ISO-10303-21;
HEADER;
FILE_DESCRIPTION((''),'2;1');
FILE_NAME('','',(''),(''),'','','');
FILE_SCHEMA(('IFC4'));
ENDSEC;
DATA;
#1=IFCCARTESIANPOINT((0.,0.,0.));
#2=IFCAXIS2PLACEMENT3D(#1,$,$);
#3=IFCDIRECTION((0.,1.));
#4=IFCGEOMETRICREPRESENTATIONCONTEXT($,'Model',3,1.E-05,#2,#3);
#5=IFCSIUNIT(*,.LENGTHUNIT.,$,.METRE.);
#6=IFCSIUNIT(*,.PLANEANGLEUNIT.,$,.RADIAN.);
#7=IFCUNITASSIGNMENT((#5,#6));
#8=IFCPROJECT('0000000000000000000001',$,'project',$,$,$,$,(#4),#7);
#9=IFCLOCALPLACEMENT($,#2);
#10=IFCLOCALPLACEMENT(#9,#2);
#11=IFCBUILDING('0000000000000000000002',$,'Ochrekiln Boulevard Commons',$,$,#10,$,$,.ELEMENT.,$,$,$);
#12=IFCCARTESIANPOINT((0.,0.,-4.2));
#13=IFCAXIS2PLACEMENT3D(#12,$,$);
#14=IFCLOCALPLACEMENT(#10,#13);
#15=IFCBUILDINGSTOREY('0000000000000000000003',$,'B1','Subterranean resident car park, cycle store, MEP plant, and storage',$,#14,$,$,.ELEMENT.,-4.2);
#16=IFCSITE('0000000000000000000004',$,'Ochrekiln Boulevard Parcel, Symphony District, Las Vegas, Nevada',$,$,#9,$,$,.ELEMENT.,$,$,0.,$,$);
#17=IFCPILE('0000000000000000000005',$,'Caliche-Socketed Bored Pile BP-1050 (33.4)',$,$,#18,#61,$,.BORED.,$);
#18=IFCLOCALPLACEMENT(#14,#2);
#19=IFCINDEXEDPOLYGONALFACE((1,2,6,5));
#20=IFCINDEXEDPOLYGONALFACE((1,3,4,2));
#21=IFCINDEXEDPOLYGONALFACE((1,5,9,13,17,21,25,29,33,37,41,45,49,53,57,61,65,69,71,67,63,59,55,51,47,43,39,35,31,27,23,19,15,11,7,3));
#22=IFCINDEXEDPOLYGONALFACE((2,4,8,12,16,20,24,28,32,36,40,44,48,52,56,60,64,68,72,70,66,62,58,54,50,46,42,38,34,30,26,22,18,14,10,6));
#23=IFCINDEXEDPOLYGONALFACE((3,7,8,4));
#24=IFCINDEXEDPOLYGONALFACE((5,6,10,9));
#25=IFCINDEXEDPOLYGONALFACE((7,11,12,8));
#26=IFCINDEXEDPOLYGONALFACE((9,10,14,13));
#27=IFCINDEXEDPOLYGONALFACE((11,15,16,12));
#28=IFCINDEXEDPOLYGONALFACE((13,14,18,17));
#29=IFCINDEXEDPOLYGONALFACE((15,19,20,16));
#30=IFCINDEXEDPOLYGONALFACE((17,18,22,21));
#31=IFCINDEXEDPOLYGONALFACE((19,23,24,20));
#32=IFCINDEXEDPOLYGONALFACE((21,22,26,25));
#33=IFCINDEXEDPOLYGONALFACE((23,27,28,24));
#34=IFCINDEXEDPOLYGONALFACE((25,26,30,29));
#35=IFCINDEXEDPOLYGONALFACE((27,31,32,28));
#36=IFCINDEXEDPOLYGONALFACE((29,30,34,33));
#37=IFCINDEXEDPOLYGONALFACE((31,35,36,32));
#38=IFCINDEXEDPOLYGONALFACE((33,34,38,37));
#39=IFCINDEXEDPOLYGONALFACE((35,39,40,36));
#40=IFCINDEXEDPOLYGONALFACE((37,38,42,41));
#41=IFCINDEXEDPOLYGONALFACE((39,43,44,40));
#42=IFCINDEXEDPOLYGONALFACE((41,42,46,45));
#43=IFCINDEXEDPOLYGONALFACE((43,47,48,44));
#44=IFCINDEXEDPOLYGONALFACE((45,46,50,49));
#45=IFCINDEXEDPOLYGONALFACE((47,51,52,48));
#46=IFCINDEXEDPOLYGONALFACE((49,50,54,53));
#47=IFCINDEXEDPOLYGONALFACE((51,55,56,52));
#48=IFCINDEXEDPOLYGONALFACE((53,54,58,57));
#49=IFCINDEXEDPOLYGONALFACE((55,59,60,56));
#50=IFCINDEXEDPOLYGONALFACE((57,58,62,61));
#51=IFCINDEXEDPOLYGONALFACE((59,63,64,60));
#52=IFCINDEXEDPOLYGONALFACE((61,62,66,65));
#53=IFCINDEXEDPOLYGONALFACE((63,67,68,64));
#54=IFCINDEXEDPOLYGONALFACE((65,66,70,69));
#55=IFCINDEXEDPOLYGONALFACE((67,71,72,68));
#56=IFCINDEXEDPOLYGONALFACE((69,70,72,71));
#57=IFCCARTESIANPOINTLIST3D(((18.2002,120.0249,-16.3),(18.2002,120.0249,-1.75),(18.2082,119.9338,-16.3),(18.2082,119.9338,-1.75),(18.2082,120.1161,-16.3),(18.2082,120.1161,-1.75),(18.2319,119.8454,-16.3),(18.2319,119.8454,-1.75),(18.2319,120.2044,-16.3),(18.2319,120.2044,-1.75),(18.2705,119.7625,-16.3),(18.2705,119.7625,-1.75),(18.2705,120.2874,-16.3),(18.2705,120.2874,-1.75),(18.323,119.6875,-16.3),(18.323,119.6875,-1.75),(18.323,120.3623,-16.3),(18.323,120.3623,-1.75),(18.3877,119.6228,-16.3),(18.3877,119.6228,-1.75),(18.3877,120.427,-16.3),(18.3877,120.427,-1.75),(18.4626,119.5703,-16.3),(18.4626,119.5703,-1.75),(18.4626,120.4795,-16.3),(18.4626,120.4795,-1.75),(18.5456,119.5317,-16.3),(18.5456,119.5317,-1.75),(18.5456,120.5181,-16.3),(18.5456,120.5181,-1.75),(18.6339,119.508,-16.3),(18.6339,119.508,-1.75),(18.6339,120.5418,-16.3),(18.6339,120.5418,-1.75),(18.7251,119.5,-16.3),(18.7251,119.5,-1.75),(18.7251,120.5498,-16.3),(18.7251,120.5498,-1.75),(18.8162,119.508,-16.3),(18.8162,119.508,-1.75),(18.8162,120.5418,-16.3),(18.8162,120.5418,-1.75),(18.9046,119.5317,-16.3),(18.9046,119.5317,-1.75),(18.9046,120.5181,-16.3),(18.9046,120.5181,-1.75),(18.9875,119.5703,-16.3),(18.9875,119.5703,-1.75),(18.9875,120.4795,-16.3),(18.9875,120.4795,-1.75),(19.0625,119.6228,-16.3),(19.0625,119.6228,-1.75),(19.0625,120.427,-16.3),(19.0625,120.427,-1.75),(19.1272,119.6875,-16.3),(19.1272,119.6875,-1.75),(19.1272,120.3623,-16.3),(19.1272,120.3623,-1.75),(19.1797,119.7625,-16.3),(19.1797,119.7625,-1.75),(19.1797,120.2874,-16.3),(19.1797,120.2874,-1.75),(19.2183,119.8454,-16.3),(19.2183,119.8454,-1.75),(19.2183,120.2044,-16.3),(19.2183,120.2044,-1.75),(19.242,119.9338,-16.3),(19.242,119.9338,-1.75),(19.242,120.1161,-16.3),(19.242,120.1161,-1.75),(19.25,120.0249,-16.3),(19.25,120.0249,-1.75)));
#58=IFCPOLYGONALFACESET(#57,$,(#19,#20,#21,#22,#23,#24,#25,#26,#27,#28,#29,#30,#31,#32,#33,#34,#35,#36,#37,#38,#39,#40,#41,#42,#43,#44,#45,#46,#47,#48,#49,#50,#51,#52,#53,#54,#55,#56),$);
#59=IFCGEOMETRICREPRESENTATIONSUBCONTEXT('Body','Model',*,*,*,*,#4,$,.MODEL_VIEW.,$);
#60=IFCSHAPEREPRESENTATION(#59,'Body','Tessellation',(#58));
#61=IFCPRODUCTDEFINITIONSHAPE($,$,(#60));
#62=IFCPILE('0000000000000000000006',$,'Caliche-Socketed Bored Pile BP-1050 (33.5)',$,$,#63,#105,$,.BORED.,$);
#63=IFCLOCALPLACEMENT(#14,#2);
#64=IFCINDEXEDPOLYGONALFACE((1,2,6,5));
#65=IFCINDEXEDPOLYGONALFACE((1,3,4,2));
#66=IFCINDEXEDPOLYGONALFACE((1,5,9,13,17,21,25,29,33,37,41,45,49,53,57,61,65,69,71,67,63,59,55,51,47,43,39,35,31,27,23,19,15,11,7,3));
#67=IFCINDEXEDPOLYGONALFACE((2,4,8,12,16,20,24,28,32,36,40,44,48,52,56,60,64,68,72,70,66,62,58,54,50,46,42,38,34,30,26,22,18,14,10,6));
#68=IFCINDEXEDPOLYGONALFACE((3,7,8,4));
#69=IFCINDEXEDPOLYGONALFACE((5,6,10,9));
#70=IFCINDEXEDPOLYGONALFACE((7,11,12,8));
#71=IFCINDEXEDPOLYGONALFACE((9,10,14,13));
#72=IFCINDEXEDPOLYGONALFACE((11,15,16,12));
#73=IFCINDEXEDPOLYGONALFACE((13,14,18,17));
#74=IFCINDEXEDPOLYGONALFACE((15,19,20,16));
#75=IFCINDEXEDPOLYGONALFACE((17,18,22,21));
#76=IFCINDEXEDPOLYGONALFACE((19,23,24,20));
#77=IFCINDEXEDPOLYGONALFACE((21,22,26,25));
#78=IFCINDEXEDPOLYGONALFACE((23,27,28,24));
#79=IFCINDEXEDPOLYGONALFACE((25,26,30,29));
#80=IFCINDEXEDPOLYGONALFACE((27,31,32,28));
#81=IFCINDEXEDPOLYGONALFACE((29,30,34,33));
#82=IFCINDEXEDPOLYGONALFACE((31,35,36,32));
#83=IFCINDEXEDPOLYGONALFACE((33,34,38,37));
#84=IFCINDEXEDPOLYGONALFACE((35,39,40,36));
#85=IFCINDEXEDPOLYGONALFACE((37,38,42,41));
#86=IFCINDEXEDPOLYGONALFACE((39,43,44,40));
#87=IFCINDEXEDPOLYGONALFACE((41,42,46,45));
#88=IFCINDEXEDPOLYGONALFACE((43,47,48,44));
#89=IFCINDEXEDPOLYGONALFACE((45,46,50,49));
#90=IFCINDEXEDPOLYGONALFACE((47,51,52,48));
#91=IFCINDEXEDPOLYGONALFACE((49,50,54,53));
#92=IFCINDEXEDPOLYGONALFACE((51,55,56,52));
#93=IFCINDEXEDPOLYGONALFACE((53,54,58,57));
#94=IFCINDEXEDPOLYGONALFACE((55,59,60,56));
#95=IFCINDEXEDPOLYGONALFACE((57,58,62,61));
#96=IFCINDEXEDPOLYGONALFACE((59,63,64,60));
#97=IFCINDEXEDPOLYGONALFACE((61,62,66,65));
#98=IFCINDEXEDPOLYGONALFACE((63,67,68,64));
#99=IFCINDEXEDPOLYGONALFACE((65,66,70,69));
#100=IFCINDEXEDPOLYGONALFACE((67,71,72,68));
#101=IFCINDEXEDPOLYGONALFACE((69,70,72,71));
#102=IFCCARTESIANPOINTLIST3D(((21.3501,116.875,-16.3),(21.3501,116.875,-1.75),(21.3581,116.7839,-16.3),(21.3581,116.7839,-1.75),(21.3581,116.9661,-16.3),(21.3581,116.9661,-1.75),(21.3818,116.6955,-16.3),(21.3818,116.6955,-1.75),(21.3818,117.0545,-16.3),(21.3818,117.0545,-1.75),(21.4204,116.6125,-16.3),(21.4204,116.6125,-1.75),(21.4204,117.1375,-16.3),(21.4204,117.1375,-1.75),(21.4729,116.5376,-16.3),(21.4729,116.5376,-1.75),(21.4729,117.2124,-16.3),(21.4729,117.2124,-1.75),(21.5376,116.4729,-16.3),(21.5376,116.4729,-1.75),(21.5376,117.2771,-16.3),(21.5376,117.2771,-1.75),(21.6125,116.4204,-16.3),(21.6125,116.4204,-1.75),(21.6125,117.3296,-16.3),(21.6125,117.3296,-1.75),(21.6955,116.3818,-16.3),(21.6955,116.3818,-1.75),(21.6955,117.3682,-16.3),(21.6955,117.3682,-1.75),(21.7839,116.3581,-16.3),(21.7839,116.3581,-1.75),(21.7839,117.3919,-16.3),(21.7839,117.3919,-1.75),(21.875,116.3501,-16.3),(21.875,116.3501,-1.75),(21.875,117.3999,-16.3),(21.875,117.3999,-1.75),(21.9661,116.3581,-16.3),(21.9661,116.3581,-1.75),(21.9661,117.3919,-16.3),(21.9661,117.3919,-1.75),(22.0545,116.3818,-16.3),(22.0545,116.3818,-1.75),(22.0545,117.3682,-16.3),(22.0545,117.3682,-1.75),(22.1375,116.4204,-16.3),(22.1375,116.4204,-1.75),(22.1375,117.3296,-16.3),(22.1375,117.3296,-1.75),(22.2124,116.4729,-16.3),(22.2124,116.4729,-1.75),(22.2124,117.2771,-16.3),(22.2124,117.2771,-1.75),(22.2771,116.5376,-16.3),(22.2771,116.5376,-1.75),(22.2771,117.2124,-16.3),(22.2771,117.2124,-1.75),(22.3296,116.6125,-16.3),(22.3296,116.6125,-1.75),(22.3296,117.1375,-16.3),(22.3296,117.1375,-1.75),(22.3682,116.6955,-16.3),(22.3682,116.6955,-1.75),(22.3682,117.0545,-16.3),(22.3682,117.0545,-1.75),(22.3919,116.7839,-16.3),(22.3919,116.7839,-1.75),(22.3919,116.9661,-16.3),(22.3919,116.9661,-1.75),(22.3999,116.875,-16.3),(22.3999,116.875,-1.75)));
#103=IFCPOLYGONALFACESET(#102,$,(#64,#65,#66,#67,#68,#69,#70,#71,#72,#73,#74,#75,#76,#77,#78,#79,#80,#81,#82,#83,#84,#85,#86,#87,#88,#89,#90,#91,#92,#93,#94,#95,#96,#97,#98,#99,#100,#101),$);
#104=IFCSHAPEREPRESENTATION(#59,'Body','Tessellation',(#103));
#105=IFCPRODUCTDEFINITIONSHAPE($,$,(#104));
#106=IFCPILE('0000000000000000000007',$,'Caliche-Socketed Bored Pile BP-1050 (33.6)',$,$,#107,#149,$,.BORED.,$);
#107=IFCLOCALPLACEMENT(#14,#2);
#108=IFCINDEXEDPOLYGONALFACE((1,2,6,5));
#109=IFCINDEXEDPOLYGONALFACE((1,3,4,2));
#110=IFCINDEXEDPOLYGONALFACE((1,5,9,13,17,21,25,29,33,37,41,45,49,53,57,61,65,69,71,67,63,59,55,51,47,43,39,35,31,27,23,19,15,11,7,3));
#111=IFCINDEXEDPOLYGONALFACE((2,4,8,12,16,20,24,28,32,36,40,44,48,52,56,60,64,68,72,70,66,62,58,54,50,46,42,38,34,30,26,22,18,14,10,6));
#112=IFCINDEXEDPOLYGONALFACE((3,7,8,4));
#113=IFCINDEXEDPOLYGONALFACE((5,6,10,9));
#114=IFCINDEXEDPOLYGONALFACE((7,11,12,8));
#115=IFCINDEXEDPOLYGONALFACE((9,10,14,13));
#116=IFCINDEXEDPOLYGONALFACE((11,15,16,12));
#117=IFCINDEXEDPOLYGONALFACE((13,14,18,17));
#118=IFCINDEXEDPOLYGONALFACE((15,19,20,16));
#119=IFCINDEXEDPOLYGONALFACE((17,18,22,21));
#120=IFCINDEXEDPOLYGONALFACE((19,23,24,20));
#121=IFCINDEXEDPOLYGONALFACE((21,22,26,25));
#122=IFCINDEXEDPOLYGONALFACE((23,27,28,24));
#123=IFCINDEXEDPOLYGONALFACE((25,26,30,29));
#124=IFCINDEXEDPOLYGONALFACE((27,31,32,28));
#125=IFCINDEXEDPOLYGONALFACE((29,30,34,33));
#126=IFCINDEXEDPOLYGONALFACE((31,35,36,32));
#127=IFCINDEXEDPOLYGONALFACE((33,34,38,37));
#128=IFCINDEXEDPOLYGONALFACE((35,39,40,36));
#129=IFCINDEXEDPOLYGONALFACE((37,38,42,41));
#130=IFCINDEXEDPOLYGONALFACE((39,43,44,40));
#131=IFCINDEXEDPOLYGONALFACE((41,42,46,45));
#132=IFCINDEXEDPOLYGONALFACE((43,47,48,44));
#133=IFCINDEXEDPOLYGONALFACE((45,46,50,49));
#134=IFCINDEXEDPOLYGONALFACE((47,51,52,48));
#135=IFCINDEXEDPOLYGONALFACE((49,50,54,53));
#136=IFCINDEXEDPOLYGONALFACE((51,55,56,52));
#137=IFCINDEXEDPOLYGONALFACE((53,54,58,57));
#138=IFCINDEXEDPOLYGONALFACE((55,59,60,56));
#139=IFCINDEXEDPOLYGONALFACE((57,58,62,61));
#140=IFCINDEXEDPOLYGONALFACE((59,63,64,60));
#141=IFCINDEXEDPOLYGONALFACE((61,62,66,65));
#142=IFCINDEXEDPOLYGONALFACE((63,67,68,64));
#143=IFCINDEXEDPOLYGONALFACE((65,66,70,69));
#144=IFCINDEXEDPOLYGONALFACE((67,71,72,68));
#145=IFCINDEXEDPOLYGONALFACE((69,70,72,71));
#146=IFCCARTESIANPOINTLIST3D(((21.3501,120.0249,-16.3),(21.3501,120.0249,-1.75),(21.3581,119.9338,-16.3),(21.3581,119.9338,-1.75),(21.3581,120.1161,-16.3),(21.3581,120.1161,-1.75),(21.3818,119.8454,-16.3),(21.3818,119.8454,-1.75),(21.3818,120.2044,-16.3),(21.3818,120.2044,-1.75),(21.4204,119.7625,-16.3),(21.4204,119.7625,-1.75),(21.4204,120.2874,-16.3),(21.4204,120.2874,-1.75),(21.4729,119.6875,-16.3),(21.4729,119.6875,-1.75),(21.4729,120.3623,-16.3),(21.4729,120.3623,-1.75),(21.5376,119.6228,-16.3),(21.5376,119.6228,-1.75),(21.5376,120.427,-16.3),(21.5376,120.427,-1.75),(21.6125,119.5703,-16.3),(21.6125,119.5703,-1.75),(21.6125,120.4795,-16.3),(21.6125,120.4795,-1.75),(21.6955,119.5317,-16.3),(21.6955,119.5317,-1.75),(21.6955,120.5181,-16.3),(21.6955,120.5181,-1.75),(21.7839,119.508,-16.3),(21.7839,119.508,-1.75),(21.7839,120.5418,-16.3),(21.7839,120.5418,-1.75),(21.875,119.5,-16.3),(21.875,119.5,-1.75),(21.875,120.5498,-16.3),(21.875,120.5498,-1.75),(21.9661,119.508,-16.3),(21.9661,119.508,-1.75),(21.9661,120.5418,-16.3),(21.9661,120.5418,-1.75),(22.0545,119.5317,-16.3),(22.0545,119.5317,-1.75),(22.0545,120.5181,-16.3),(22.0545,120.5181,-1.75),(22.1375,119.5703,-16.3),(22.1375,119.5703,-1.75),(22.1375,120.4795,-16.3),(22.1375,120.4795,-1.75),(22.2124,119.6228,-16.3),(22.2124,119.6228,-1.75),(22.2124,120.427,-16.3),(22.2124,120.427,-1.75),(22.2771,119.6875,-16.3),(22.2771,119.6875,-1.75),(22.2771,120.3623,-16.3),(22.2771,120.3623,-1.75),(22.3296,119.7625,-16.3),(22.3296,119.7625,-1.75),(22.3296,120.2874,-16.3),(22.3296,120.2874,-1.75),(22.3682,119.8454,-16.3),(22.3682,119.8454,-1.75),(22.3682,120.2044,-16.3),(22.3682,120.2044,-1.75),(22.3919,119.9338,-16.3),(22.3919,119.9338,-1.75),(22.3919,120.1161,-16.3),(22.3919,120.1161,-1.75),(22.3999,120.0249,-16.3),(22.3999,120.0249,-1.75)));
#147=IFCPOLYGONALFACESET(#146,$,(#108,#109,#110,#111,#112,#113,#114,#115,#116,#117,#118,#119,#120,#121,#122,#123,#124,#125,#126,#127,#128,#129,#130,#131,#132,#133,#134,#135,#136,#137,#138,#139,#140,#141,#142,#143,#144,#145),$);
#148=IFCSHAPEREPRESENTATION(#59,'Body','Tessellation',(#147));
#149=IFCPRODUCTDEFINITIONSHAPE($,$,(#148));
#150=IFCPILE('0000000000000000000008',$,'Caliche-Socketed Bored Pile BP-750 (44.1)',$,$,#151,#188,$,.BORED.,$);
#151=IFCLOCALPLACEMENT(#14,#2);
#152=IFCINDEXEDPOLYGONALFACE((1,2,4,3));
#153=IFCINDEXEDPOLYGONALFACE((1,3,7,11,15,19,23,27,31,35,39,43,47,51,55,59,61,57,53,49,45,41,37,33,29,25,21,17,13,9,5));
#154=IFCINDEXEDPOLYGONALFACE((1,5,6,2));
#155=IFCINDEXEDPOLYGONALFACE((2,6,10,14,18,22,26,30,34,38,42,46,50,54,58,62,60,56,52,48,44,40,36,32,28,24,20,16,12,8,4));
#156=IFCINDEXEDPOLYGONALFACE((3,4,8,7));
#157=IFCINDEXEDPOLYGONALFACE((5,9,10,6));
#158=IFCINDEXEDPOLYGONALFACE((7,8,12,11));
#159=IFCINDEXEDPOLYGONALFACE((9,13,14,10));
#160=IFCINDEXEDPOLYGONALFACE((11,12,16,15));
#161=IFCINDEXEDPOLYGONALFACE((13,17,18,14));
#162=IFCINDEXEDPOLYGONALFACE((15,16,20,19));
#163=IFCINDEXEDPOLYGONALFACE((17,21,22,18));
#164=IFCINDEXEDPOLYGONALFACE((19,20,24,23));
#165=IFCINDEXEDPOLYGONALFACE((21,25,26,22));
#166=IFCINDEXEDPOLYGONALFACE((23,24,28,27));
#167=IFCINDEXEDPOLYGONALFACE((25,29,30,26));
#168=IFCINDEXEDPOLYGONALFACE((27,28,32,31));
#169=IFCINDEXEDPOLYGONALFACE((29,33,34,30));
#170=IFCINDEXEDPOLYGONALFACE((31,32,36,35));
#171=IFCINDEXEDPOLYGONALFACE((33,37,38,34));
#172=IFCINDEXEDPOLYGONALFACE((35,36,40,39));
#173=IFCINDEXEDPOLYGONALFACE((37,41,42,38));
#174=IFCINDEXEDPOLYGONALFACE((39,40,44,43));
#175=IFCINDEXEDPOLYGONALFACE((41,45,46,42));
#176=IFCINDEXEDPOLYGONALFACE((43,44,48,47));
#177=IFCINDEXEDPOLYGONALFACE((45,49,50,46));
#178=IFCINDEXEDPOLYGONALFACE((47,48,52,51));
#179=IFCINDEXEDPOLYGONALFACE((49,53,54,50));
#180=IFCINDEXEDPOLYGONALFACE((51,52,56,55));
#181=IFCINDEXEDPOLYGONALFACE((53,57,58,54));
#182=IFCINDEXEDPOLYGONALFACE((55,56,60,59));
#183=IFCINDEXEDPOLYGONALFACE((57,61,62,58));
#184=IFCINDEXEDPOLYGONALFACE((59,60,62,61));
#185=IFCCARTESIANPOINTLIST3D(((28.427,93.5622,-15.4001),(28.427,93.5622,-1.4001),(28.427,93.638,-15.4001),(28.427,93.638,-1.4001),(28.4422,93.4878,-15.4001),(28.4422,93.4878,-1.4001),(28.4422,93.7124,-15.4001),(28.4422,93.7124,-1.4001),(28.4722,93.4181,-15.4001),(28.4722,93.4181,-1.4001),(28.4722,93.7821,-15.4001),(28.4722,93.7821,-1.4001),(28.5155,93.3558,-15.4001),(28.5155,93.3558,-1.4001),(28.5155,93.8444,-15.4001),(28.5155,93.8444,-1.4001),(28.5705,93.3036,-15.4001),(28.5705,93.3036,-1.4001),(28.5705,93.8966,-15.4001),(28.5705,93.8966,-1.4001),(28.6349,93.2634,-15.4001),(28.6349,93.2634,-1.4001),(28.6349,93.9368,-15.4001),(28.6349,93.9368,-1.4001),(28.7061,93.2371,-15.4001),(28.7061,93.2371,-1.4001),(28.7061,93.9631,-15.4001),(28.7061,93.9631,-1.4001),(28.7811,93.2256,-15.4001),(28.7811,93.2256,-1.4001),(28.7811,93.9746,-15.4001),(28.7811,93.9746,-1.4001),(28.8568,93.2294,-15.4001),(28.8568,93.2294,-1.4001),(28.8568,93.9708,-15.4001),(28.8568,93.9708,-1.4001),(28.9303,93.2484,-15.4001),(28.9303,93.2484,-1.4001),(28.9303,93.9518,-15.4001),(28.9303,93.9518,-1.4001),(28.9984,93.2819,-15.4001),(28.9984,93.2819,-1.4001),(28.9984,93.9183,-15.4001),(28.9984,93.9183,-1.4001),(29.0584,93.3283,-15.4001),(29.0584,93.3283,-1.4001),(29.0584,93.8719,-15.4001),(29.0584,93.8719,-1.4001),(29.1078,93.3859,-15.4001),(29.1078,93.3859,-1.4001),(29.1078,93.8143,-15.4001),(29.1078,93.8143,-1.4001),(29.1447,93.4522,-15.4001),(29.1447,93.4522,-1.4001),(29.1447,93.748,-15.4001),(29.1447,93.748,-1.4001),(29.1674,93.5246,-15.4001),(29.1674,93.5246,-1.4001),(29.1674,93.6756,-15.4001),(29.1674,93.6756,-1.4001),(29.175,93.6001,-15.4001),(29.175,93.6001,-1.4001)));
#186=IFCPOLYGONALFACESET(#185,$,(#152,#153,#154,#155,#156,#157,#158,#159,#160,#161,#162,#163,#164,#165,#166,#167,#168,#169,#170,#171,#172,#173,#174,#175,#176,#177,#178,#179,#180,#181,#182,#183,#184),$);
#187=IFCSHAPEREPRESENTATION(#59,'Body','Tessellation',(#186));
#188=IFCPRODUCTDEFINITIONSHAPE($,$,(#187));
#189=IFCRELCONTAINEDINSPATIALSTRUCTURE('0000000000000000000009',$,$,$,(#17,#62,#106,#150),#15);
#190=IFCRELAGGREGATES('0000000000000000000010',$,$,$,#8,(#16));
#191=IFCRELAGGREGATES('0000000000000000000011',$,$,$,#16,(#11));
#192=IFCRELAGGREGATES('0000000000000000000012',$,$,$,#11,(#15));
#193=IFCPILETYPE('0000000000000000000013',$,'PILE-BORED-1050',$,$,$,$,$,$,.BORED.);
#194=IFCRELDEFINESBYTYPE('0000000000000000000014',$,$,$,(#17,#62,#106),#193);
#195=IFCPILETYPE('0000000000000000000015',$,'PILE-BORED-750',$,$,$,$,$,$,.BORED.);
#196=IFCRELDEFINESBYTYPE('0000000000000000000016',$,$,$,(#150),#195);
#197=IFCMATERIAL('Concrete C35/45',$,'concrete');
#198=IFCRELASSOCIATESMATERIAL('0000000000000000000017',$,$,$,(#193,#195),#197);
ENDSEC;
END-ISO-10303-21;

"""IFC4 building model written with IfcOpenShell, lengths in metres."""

from ifc_helpers import new_model, si_unit, direction, frame, origin, origin_2d, place, context, subcontext, project, spatial, circle, extrude, material, material_profile, profile_set, type_object, element, save


model = new_model("IFC4")

# Units and contexts
model_context = context("Model", 3, precision=1e-05, world=origin(), true_north=direction((0.0, 1.0)))
body_context = subcontext(model_context, "Body", "Model", "MODEL_VIEW")
ifc_project = project(units=[si_unit("LENGTHUNIT", "METRE"), si_unit("PLANEANGLEUNIT", "RADIAN")], contexts=[model_context])

# Site, building, storey
site_placement = place(None, origin())
site = spatial("IfcSite", under=ifc_project, at=site_placement, Name="Ochrekiln Boulevard Parcel, Symphony District, Las Vegas, Nevada", CompositionType="ELEMENT", RefElevation=0.0)
building_placement = place(site_placement, origin())
building = spatial("IfcBuilding", under=site, at=building_placement, Name="Ochrekiln Boulevard Commons", CompositionType="ELEMENT")
storey_placement = place(building_placement, frame((0.0, 0.0, -4.2)))
storey = spatial("IfcBuildingStorey", under=building, at=storey_placement, Name="B1", Description="Subterranean resident car park, cycle store, MEP plant, and storage", CompositionType="ELEMENT", Elevation=-4.2)

# Shared definitions
ifc_material_1 = material(Name="Concrete C35/45", Category="concrete")

# Piles
ifc_material_profile_1 = material_profile(ifc_material_1, circle(Radius=0.5249, at=origin_2d()), Name="PILE-D1050")
ifc_profile_set_1 = profile_set([ifc_material_profile_1], Name="Concrete C35/45")
pile_type_1 = type_object("IfcPileType", Name="PILE-BORED-1050", PredefinedType="BORED", material=ifc_profile_set_1)
for number, where, z_axis, x_axis, name in (
    (1, (18.7251, 120.0249, -1.75), (0.0, 0.0, -1.0), (1.0, 0.0, 0.0), "Caliche-Socketed Bored Pile BP-1050 (33.4)"),
    (2, (21.875, 116.875, -1.75), (0.0, 0.0, -1.0), (1.0, 0.0, 0.0), "Caliche-Socketed Bored Pile BP-1050 (33.5)"),
    (3, (21.875, 120.0249, -1.75), (0.0, 0.0, -1.0), (1.0, 0.0, 0.0), "Caliche-Socketed Bored Pile BP-1050 (33.6)"),
):
    element("IfcPile", number, at=place(storey_placement, frame(where, z_axis=z_axis, x_axis=x_axis)), inside=storey, type_object=pile_type_1, Name=name, PredefinedType="BORED", context=body_context, shape_type="SweptSolid", body=[
        extrude(circle(Radius=0.5249, at=origin_2d()), origin(), (0.0, 0.0, 1.0), 14.55),
    ])
ifc_material_profile_2 = material_profile(ifc_material_1, circle(Radius=0.375, at=origin_2d()), Name="PILE-D750")
ifc_profile_set_2 = profile_set([ifc_material_profile_2], Name="Concrete C35/45")
pile_type_2 = type_object("IfcPileType", Name="PILE-BORED-750", PredefinedType="BORED", material=ifc_profile_set_2)
for number, where, z_axis, x_axis, name in (
    (4, (28.8, 93.6001, -1.4001), (0.0, 0.0, -1.0), (1.0, 0.0, 0.0), "Caliche-Socketed Bored Pile BP-750 (44.1)"),
):
    element("IfcPile", number, at=place(storey_placement, frame(where, z_axis=z_axis, x_axis=x_axis)), inside=storey, type_object=pile_type_2, Name=name, PredefinedType="BORED", context=body_context, shape_type="SweptSolid", body=[
        extrude(circle(Radius=0.375, at=origin_2d()), origin(), (0.0, 0.0, 1.0), 14.0),
    ])

save(model, "model.ifc")
